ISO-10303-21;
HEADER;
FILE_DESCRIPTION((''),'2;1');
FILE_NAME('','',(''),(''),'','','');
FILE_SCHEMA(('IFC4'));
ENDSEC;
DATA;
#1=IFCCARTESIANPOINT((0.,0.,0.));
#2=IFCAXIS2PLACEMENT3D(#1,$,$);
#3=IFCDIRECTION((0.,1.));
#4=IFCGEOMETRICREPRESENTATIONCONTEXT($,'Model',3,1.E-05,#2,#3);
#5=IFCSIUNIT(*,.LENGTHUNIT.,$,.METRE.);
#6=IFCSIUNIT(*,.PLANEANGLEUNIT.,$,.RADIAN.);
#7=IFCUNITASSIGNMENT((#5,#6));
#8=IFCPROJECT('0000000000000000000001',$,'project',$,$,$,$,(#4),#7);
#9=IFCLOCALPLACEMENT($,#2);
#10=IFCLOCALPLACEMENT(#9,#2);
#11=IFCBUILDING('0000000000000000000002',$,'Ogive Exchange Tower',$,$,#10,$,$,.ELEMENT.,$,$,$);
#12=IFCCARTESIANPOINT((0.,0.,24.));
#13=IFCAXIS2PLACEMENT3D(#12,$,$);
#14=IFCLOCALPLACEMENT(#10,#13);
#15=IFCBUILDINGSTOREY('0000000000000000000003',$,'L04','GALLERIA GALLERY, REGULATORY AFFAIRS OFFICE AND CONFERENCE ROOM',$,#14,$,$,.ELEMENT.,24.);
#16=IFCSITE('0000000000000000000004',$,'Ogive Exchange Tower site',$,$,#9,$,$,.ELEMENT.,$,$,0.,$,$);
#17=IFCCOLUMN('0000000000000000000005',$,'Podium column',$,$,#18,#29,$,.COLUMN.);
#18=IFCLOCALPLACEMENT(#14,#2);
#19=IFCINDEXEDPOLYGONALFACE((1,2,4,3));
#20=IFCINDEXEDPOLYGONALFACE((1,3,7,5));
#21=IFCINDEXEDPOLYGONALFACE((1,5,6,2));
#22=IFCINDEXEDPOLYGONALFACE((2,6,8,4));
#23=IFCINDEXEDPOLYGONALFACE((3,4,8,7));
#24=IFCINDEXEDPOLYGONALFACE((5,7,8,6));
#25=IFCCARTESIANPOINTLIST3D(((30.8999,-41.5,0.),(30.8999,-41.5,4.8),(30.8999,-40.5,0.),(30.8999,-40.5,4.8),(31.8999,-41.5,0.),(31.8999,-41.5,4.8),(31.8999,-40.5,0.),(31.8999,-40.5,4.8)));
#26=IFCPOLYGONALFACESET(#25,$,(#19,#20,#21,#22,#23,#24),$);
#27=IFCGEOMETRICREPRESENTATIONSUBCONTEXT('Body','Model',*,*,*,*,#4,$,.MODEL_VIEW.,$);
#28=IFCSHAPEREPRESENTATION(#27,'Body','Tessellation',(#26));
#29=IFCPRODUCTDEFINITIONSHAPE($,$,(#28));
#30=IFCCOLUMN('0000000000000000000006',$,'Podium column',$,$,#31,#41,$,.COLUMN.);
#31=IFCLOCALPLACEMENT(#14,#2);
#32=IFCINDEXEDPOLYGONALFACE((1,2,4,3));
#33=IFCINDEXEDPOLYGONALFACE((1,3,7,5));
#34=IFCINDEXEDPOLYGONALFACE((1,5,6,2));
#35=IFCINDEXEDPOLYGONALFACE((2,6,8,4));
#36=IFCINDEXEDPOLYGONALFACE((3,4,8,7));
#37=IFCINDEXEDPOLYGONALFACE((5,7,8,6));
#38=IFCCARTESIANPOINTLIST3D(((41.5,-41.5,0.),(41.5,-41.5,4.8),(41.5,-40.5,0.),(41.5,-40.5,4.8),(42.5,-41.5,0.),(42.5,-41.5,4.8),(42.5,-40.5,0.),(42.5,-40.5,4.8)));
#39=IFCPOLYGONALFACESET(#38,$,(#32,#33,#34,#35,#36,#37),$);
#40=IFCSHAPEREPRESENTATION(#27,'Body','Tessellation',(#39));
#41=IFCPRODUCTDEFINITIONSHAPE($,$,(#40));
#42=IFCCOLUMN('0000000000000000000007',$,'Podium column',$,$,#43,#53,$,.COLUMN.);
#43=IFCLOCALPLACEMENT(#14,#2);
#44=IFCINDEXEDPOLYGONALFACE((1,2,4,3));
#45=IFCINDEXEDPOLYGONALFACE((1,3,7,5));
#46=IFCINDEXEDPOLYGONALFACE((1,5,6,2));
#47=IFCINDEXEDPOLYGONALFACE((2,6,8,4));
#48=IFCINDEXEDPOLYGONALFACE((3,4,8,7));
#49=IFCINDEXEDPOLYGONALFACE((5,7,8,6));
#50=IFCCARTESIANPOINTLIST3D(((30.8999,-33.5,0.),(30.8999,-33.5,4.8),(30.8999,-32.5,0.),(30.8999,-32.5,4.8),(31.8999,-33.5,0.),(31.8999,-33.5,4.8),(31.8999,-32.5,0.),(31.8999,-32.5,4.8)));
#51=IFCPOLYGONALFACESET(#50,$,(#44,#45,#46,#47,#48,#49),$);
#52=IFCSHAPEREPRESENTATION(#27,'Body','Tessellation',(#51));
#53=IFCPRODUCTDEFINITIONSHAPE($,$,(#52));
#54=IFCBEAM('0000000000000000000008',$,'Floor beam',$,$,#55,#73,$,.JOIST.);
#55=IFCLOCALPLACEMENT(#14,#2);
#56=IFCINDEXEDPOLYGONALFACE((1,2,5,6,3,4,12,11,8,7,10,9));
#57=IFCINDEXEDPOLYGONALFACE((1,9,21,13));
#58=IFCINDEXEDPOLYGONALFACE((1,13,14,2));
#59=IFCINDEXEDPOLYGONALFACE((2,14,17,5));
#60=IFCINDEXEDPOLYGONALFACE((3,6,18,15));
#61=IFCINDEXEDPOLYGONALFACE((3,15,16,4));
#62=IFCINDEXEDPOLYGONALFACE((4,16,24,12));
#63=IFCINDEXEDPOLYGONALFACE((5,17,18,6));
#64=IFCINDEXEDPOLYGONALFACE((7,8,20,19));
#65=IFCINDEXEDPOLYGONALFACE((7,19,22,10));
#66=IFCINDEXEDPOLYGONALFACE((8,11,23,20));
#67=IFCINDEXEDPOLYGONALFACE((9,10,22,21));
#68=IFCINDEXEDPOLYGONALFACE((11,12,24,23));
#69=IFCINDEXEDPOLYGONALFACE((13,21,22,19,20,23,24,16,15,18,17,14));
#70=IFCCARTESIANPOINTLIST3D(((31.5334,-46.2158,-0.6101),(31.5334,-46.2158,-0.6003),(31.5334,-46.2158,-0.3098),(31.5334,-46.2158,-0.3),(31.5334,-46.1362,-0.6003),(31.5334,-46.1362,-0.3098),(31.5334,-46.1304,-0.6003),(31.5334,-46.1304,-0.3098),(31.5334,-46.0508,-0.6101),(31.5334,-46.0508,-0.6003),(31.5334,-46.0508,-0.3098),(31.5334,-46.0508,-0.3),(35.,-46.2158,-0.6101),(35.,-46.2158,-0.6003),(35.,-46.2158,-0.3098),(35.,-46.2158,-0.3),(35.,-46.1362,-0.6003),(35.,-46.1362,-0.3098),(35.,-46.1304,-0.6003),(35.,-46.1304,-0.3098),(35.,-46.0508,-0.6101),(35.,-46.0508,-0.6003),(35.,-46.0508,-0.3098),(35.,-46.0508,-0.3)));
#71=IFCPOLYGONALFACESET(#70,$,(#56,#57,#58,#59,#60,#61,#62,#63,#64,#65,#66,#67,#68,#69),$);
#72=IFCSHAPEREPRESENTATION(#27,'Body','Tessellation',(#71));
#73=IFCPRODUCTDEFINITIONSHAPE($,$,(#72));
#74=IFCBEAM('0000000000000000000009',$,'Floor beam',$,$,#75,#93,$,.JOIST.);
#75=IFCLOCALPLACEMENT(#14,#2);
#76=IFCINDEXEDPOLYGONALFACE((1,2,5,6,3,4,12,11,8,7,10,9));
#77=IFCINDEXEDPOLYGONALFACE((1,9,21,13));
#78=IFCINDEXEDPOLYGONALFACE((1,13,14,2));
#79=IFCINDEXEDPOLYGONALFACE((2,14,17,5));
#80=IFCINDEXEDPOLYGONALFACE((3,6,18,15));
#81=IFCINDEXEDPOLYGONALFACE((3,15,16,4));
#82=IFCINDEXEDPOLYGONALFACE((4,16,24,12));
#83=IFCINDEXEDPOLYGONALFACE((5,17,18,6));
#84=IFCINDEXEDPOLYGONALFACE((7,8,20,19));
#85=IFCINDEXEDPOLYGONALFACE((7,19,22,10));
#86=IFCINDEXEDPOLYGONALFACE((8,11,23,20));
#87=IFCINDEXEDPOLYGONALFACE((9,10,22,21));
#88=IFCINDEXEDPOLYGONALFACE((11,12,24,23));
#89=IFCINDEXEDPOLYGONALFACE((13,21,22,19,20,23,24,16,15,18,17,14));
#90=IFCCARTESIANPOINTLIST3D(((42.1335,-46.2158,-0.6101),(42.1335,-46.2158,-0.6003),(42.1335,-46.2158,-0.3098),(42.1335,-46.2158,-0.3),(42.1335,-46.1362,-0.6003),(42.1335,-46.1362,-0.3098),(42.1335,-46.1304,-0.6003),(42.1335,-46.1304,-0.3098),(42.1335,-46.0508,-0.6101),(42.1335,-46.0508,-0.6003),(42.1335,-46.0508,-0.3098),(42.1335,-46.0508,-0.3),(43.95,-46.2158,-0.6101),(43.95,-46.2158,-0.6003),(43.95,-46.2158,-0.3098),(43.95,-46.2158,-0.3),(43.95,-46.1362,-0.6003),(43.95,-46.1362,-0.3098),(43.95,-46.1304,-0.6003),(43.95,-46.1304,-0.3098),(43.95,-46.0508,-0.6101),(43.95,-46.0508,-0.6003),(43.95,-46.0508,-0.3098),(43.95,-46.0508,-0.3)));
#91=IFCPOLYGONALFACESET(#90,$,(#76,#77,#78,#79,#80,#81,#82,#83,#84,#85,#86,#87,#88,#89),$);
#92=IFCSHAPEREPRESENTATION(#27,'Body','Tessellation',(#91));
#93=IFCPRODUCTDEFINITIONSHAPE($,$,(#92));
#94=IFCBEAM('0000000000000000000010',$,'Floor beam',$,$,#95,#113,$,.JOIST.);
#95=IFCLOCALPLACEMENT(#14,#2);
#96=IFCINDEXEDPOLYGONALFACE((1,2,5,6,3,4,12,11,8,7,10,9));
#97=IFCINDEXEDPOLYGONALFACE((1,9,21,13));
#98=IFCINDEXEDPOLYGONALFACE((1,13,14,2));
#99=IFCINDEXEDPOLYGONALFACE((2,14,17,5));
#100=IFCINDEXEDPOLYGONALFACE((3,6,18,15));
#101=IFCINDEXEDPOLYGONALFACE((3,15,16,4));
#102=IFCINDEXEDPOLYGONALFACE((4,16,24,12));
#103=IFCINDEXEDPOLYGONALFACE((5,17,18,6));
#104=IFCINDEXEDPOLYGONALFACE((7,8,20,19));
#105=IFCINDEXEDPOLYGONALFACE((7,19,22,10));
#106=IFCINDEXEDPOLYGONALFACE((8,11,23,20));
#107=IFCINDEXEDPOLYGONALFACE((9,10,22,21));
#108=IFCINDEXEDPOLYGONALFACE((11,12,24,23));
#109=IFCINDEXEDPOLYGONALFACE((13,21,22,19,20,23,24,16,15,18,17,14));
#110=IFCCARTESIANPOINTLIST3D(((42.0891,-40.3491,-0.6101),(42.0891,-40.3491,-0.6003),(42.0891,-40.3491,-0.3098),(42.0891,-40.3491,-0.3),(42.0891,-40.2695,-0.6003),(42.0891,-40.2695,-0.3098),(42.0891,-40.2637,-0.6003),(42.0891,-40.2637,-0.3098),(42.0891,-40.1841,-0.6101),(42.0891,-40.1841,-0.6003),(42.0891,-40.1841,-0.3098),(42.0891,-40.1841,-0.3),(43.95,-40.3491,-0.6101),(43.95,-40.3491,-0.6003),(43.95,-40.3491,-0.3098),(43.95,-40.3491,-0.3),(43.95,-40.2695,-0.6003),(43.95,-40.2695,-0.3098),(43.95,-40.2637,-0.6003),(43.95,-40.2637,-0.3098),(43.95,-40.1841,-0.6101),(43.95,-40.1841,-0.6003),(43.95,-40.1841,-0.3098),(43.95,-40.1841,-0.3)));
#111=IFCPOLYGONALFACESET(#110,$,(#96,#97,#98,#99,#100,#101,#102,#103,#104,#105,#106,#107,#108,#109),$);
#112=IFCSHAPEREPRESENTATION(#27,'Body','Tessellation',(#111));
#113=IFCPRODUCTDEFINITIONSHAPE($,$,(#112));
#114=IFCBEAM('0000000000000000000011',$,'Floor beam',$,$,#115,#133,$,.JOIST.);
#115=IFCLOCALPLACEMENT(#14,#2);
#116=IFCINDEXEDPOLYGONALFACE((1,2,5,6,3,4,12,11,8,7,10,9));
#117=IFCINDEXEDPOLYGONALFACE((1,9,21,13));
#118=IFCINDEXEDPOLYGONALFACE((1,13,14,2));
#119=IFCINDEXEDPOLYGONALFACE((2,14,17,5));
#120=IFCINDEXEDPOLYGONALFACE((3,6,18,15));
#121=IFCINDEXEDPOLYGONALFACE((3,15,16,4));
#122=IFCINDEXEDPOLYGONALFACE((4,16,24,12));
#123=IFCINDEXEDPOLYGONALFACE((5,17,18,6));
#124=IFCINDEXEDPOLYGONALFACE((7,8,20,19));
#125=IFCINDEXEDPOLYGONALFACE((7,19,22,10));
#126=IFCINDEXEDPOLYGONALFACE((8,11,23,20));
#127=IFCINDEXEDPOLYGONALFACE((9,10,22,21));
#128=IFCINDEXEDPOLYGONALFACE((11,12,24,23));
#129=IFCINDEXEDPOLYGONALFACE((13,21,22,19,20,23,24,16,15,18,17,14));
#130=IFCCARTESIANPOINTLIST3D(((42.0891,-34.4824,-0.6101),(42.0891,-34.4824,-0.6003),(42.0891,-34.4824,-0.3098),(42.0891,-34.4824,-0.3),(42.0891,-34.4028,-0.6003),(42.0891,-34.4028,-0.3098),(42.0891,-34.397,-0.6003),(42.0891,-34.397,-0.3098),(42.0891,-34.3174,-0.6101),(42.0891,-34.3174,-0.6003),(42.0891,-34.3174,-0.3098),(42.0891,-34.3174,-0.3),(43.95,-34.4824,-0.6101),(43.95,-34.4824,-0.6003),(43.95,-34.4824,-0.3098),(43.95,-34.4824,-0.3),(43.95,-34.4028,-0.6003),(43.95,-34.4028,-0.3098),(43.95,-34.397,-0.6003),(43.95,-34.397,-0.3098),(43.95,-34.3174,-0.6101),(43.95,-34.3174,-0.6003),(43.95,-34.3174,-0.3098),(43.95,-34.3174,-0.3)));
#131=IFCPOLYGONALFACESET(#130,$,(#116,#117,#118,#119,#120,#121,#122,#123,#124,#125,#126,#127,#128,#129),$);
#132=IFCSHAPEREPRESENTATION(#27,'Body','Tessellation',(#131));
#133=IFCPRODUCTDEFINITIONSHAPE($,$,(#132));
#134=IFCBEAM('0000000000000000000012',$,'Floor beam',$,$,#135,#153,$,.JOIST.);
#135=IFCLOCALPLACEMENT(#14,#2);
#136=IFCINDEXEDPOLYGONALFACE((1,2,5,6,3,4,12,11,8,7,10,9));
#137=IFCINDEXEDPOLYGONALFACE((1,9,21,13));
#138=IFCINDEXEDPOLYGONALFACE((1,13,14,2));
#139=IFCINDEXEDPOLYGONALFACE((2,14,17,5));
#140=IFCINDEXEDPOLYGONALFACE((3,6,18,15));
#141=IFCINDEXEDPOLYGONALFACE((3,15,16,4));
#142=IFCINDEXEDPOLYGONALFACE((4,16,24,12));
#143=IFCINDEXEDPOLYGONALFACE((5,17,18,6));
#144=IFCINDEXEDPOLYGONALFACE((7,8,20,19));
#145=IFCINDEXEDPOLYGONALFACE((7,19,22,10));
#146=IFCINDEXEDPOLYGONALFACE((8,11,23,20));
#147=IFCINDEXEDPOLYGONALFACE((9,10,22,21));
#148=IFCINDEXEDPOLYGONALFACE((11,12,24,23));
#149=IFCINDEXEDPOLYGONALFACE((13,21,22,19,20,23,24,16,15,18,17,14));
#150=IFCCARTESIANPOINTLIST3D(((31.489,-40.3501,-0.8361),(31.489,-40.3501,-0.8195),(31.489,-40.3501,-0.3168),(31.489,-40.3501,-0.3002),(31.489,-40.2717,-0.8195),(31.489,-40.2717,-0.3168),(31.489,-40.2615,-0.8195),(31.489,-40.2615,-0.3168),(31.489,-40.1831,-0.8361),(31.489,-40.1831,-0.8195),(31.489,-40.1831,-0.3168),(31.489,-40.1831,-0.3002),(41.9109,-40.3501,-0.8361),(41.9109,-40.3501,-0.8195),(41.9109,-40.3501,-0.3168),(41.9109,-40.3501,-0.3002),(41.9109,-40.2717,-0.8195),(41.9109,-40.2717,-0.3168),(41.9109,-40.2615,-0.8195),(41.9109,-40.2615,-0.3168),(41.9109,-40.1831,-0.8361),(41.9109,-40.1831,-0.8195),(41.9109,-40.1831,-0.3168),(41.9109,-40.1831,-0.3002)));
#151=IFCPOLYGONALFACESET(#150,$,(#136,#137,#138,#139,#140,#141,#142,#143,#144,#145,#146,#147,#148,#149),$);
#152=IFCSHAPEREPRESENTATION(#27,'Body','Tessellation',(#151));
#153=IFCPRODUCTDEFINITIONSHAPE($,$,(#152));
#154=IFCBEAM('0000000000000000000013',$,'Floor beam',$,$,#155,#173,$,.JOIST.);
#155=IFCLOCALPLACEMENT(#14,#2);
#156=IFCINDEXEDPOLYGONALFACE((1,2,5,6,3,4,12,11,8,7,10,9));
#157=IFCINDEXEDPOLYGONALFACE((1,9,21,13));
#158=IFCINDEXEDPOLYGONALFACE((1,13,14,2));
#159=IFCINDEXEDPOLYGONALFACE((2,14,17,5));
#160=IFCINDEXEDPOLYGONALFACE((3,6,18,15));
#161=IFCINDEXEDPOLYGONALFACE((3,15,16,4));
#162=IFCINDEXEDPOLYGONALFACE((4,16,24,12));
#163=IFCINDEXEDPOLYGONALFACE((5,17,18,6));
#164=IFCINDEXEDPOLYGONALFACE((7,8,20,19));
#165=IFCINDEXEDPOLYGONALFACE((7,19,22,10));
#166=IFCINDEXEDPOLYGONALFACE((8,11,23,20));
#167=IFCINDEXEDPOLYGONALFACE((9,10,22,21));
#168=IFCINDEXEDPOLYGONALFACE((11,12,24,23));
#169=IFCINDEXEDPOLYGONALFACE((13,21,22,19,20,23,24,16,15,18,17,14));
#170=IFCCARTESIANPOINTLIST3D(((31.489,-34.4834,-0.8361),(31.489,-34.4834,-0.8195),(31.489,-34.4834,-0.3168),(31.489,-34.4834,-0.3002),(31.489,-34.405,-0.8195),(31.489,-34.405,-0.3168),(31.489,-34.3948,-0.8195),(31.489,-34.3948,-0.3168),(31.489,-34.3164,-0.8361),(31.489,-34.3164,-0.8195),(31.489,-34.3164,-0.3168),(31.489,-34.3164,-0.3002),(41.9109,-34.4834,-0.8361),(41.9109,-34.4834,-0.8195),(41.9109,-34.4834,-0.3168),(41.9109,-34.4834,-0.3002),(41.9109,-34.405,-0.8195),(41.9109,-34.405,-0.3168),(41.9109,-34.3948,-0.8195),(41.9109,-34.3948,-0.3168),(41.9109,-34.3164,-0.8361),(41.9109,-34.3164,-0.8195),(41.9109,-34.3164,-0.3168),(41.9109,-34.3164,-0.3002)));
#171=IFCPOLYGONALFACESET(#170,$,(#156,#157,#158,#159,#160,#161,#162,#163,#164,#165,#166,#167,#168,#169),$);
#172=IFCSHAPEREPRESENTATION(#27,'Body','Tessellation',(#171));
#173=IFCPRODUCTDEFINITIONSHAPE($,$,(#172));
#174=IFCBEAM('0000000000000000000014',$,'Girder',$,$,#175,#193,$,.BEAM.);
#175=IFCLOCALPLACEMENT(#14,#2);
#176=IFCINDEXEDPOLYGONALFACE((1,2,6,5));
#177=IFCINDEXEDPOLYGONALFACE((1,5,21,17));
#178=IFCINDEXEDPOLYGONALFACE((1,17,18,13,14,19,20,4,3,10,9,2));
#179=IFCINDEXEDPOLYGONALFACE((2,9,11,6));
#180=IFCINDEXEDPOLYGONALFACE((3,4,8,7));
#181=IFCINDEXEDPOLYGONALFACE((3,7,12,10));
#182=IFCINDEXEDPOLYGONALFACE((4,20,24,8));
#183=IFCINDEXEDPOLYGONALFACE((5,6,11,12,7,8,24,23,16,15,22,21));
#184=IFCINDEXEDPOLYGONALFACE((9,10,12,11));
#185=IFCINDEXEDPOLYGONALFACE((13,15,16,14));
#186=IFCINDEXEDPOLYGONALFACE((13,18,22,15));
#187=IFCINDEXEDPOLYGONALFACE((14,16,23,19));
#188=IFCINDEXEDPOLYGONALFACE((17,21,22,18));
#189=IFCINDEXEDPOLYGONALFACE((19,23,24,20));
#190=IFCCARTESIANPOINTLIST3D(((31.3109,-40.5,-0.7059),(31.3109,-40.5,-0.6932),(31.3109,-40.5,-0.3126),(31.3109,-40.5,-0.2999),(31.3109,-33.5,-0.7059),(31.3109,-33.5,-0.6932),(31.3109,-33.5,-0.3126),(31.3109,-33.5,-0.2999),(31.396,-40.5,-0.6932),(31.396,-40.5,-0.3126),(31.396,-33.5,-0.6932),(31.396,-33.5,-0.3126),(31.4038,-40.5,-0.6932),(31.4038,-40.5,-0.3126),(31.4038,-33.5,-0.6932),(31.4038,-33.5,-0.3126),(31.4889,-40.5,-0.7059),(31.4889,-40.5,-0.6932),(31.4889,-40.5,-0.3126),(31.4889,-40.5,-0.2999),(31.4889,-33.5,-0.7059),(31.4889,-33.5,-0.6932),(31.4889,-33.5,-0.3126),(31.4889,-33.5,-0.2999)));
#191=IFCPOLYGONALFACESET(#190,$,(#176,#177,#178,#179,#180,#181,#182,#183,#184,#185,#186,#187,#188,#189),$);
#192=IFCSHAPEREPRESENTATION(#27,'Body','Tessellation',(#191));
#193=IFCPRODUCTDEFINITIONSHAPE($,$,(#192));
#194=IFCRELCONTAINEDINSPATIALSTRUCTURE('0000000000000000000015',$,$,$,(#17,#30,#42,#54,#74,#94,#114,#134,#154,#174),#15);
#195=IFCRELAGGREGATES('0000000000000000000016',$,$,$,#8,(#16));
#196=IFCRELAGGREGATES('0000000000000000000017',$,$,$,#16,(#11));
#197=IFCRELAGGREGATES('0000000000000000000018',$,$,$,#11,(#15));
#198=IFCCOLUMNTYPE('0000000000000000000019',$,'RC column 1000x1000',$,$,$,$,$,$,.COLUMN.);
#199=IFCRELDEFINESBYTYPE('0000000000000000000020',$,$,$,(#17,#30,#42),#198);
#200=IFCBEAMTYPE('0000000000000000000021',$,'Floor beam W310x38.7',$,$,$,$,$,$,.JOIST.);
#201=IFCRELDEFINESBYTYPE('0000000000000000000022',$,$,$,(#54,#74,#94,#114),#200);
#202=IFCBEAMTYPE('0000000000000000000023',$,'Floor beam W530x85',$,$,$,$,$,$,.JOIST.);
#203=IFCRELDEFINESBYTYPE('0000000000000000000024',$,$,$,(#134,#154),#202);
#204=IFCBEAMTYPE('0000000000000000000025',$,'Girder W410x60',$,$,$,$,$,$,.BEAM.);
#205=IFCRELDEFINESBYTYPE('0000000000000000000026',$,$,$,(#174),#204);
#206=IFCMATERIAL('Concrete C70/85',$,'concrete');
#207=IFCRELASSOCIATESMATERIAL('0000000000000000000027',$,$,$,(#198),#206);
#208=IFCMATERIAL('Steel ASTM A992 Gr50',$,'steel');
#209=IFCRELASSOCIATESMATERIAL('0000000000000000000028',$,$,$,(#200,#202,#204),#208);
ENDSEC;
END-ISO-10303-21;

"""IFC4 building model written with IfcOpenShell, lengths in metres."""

from ifc_helpers import new_model, si_unit, direction, frame, origin, origin_2d, place, context, subcontext, project, spatial, rectangle, i_section, extrude, material, material_profile, profile_set, type_object, element, save


model = new_model("IFC4")

# Units and contexts
model_context = context("Model", 3, precision=1e-05, world=origin(), true_north=direction((0.0, 1.0)))
body_context = subcontext(model_context, "Body", "Model", "MODEL_VIEW")
ifc_project = project(units=[si_unit("LENGTHUNIT", "METRE"), si_unit("PLANEANGLEUNIT", "RADIAN")], contexts=[model_context])

# Site, building, storey
site_placement = place(None, origin())
site = spatial("IfcSite", under=ifc_project, at=site_placement, Name="Ogive Exchange Tower site", CompositionType="ELEMENT", RefElevation=0.0)
building_placement = place(site_placement, origin())
building = spatial("IfcBuilding", under=site, at=building_placement, Name="Ogive Exchange Tower", CompositionType="ELEMENT")
storey_placement = place(building_placement, frame((0.0, 0.0, 24.0)))
storey = spatial("IfcBuildingStorey", under=building, at=storey_placement, Name="L04", Description="GALLERIA GALLERY, REGULATORY AFFAIRS OFFICE AND CONFERENCE ROOM", CompositionType="ELEMENT", Elevation=24.0)

# Columns
ifc_material_1 = material(Name="Concrete C70/85", Category="concrete")
ifc_material_profile_1 = material_profile(ifc_material_1, rectangle(XDim=1.0, YDim=1.0, at=origin_2d()), Name="RC 1000x1000")
ifc_profile_set_1 = profile_set([ifc_material_profile_1], Name="Concrete C70/85")
column_type = type_object("IfcColumnType", Name="RC column 1000x1000", PredefinedType="COLUMN", material=ifc_profile_set_1)
for number, where, z_axis, x_axis, name in (
    (1, (31.3999, -41.0, 0.0), (0.0, 0.0, 1.0), (1.0, 0.0, 0.0), "Podium column"),
    (2, (42.0, -41.0, 0.0), (0.0, 0.0, 1.0), (1.0, 0.0, 0.0), "Podium column"),
    (3, (31.3999, -33.0, 0.0), (0.0, 0.0, 1.0), (1.0, 0.0, 0.0), "Podium column"),
):
    element("IfcColumn", number, at=place(storey_placement, frame(where, z_axis=z_axis, x_axis=x_axis)), inside=storey, type_object=column_type, Name=name, PredefinedType="COLUMN", context=body_context, shape_type="SweptSolid", body=[
        extrude(rectangle(XDim=1.0, YDim=1.0, at=origin_2d()), origin(), (0.0, 0.0, 1.0), 4.8),
    ])

# Beams
ifc_material_2 = material(Name="Steel ASTM A992 Gr50", Category="steel")
ifc_material_profile_2 = material_profile(ifc_material_2, i_section(OverallWidth=0.165, OverallDepth=0.3101, WebThickness=0.0059, FlangeThickness=0.0098, at=origin_2d()), Name="W310x38.7")
ifc_profile_set_2 = profile_set([ifc_material_profile_2], Name="Steel ASTM A992 Gr50")
beam_type_1 = type_object("IfcBeamType", Name="Floor beam W310x38.7", PredefinedType="JOIST", material=ifc_profile_set_2)
beam_1_placement = place(storey_placement, frame((31.5334, -46.1333, -0.4551), z_axis=(1.0, 0.0, 0.0), x_axis=(0.0, 1.0, 0.0)))
element("IfcBeam", 4, at=beam_1_placement, inside=storey, type_object=beam_type_1, Name="Floor beam", PredefinedType="JOIST", context=body_context, shape_type="SweptSolid", body=[
    extrude(i_section(OverallWidth=0.165, OverallDepth=0.3101, WebThickness=0.0059, FlangeThickness=0.0098, at=origin_2d()), origin(), (0.0, 0.0, 1.0), 3.4666),
])
beam_2_placement = place(storey_placement, frame((42.1335, -46.1333, -0.4551), z_axis=(1.0, 0.0, 0.0), x_axis=(0.0, 1.0, 0.0)))
element("IfcBeam", 5, at=beam_2_placement, inside=storey, type_object=beam_type_1, Name="Floor beam", PredefinedType="JOIST", context=body_context, shape_type="SweptSolid", body=[
    extrude(i_section(OverallWidth=0.165, OverallDepth=0.3101, WebThickness=0.0059, FlangeThickness=0.0098, at=origin_2d()), origin(), (0.0, 0.0, 1.0), 1.8164),
])
for number, where, z_axis, x_axis, name in (
    (6, (42.0891, -40.2666, -0.4551), (1.0, 0.0, 0.0), (0.0, 1.0, 0.0), "Floor beam"),
    (7, (42.0891, -34.3999, -0.4551), (1.0, 0.0, 0.0), (0.0, 1.0, 0.0), "Floor beam"),
):
    element("IfcBeam", number, at=place(storey_placement, frame(where, z_axis=z_axis, x_axis=x_axis)), inside=storey, type_object=beam_type_1, Name=name, PredefinedType="JOIST", context=body_context, shape_type="SweptSolid", body=[
        extrude(i_section(OverallWidth=0.165, OverallDepth=0.3101, WebThickness=0.0059, FlangeThickness=0.0098, at=origin_2d()), origin(), (0.0, 0.0, 1.0), 1.8608),
    ])
ifc_material_profile_3 = material_profile(ifc_material_2, i_section(OverallWidth=0.167, OverallDepth=0.5359, WebThickness=0.0103, FlangeThickness=0.0166, at=origin_2d()), Name="W530x85")
ifc_profile_set_3 = profile_set([ifc_material_profile_3], Name="Steel ASTM A992 Gr50")
beam_type_2 = type_object("IfcBeamType", Name="Floor beam W530x85", PredefinedType="JOIST", material=ifc_profile_set_3)
for number, where, z_axis, x_axis, name in (
    (8, (31.489, -40.2666, -0.5681), (1.0, 0.0, 0.0), (0.0, 1.0, 0.0), "Floor beam"),
    (9, (31.489, -34.3999, -0.5681), (1.0, 0.0, 0.0), (0.0, 1.0, 0.0), "Floor beam"),
):
    element("IfcBeam", number, at=place(storey_placement, frame(where, z_axis=z_axis, x_axis=x_axis)), inside=storey, type_object=beam_type_2, Name=name, PredefinedType="JOIST", context=body_context, shape_type="SweptSolid", body=[
        extrude(i_section(OverallWidth=0.167, OverallDepth=0.5359, WebThickness=0.0103, FlangeThickness=0.0166, at=origin_2d()), origin(), (0.0, 0.0, 1.0), 10.4219),
    ])
ifc_material_profile_4 = material_profile(ifc_material_2, i_section(OverallWidth=0.178, OverallDepth=0.406, WebThickness=0.0078, FlangeThickness=0.0127, at=origin_2d()), Name="W410x60")
ifc_profile_set_4 = profile_set([ifc_material_profile_4], Name="Steel ASTM A992 Gr50")
beam_type_3 = type_object("IfcBeamType", Name="Girder W410x60", PredefinedType="BEAM", material=ifc_profile_set_4)
for number, where, z_axis, x_axis, name in (
    (10, (31.3999, -40.5, -0.5029), (0.0, 1.0, 0.0), (-1.0, 0.0, 0.0), "Girder"),
):
    element("IfcBeam", number, at=place(storey_placement, frame(where, z_axis=z_axis, x_axis=x_axis)), inside=storey, type_object=beam_type_3, Name=name, PredefinedType="BEAM", context=body_context, shape_type="SweptSolid", body=[
        extrude(i_section(OverallWidth=0.178, OverallDepth=0.406, WebThickness=0.0078, FlangeThickness=0.0127, at=origin_2d()), origin(), (0.0, 0.0, 1.0), 7.0),
    ])

save(model, "model.ifc")
